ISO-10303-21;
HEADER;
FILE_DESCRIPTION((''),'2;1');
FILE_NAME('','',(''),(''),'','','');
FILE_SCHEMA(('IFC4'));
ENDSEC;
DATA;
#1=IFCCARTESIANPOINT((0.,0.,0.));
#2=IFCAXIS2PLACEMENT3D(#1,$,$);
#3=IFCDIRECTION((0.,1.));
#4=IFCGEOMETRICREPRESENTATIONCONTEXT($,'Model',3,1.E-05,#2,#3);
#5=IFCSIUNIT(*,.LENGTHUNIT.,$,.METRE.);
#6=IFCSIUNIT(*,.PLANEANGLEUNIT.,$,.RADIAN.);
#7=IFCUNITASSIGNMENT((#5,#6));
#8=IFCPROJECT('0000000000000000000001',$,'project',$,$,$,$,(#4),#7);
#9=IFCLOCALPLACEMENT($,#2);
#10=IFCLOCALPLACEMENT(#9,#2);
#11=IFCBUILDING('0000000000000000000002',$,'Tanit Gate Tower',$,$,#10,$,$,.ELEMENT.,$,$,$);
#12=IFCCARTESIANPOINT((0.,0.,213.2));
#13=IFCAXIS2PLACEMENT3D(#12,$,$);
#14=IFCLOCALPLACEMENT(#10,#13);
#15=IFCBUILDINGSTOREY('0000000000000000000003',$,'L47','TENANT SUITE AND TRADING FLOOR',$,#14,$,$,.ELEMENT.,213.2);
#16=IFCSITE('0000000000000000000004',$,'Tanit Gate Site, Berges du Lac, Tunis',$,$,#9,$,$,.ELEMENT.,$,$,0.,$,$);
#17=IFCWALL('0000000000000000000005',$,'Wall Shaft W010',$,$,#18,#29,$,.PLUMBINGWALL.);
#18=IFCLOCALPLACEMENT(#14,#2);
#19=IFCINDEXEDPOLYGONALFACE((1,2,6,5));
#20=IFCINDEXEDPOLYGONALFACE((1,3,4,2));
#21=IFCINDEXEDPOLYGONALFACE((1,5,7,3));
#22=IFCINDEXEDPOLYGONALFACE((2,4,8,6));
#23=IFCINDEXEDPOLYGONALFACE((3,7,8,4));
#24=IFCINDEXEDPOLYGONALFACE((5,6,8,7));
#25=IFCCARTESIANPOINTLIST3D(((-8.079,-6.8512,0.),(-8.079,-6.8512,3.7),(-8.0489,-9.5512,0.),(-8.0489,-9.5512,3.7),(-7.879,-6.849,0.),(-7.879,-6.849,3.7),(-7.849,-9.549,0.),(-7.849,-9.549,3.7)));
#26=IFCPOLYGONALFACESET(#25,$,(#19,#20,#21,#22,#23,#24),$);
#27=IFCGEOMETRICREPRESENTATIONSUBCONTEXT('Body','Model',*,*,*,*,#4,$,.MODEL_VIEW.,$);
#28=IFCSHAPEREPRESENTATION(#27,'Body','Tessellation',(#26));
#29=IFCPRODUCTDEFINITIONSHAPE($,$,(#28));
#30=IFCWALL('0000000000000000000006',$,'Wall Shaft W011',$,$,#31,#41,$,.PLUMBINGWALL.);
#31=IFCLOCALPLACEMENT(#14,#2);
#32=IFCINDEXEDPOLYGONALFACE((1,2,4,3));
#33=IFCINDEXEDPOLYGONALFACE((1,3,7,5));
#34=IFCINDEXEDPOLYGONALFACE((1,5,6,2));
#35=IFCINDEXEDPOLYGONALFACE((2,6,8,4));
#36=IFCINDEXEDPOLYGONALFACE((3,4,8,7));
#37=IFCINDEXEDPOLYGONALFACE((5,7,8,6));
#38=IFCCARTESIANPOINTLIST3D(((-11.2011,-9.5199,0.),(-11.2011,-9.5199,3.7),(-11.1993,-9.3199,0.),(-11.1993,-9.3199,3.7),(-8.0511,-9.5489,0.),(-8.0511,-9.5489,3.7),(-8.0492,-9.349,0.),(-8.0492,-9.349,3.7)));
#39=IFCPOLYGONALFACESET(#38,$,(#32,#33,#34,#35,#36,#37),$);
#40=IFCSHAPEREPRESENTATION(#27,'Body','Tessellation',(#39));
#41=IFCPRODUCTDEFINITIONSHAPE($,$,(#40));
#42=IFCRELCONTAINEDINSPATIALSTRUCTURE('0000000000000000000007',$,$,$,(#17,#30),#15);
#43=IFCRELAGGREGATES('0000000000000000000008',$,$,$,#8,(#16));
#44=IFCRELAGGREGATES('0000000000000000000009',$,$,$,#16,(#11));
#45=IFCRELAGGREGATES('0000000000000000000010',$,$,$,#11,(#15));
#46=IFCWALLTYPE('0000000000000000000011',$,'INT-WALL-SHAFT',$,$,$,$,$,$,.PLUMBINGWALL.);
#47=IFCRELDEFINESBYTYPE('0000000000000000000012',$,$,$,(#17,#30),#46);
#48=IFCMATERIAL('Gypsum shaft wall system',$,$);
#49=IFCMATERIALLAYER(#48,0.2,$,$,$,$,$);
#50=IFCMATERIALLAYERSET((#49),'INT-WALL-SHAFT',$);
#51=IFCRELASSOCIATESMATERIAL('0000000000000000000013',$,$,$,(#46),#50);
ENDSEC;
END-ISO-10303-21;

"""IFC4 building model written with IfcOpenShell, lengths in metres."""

from ifc_helpers import new_model, si_unit, direction, frame, frame_2d, origin, place, context, subcontext, project, spatial, rectangle, extrude, material, layer, layer_set, type_object, element, save


model = new_model("IFC4")

# Units and contexts
model_context = context("Model", 3, precision=1e-05, world=origin(), true_north=direction((0.0, 1.0)))
body_context = subcontext(model_context, "Body", "Model", "MODEL_VIEW")
ifc_project = project(units=[si_unit("LENGTHUNIT", "METRE"), si_unit("PLANEANGLEUNIT", "RADIAN")], contexts=[model_context])

# Site, building, storey
site_placement = place(None, origin())
site = spatial("IfcSite", under=ifc_project, at=site_placement, Name="Tanit Gate Site, Berges du Lac, Tunis", CompositionType="ELEMENT", RefElevation=0.0)
building_placement = place(site_placement, origin())
building = spatial("IfcBuilding", under=site, at=building_placement, Name="Tanit Gate Tower", CompositionType="ELEMENT")
storey_placement = place(building_placement, frame((0.0, 0.0, 213.2)))
storey = spatial("IfcBuildingStorey", under=building, at=storey_placement, Name="L47", Description="TENANT SUITE AND TRADING FLOOR", CompositionType="ELEMENT", Elevation=213.2)

# Walls
ifc_material_1 = material(Name="Gypsum shaft wall system")
ifc_layer_1 = layer(ifc_material_1, 0.2)
ifc_layer_set_1 = layer_set([ifc_layer_1], Name="INT-WALL-SHAFT")
wall_type_1 = type_object("IfcWallType", Name="INT-WALL-SHAFT", PredefinedType="PLUMBINGWALL", material=ifc_layer_set_1)
wall_1_placement = place(storey_placement, frame((-7.979, -6.8501, 0.0), z_axis=(0.0, 0.0, 1.0), x_axis=(0.011121, -0.999938, 0.0)))
element("IfcWall", 1, at=wall_1_placement, inside=storey, type_object=wall_type_1, Name="Wall Shaft W010", PredefinedType="PLUMBINGWALL", context=body_context, shape_type="SweptSolid", body=[
    extrude(rectangle(XDim=2.7002, YDim=0.2, at=frame_2d((1.3501, 0.0))), origin(), (0.0, 0.0, 1.0), 3.7),
])
wall_2_placement = place(storey_placement, frame((-8.05, -9.449, 0.0), z_axis=(0.0, 0.0, 1.0), x_axis=(-0.999957, 0.009223, 0.0)))
element("IfcWall", 2, at=wall_2_placement, inside=storey, type_object=wall_type_1, Name="Wall Shaft W011", PredefinedType="PLUMBINGWALL", context=body_context, shape_type="SweptSolid", body=[
    extrude(rectangle(XDim=3.1501, YDim=0.2, at=frame_2d((1.5752, 0.0))), origin(), (0.0, 0.0, 1.0), 3.7),
])

save(model, "model.ifc")
